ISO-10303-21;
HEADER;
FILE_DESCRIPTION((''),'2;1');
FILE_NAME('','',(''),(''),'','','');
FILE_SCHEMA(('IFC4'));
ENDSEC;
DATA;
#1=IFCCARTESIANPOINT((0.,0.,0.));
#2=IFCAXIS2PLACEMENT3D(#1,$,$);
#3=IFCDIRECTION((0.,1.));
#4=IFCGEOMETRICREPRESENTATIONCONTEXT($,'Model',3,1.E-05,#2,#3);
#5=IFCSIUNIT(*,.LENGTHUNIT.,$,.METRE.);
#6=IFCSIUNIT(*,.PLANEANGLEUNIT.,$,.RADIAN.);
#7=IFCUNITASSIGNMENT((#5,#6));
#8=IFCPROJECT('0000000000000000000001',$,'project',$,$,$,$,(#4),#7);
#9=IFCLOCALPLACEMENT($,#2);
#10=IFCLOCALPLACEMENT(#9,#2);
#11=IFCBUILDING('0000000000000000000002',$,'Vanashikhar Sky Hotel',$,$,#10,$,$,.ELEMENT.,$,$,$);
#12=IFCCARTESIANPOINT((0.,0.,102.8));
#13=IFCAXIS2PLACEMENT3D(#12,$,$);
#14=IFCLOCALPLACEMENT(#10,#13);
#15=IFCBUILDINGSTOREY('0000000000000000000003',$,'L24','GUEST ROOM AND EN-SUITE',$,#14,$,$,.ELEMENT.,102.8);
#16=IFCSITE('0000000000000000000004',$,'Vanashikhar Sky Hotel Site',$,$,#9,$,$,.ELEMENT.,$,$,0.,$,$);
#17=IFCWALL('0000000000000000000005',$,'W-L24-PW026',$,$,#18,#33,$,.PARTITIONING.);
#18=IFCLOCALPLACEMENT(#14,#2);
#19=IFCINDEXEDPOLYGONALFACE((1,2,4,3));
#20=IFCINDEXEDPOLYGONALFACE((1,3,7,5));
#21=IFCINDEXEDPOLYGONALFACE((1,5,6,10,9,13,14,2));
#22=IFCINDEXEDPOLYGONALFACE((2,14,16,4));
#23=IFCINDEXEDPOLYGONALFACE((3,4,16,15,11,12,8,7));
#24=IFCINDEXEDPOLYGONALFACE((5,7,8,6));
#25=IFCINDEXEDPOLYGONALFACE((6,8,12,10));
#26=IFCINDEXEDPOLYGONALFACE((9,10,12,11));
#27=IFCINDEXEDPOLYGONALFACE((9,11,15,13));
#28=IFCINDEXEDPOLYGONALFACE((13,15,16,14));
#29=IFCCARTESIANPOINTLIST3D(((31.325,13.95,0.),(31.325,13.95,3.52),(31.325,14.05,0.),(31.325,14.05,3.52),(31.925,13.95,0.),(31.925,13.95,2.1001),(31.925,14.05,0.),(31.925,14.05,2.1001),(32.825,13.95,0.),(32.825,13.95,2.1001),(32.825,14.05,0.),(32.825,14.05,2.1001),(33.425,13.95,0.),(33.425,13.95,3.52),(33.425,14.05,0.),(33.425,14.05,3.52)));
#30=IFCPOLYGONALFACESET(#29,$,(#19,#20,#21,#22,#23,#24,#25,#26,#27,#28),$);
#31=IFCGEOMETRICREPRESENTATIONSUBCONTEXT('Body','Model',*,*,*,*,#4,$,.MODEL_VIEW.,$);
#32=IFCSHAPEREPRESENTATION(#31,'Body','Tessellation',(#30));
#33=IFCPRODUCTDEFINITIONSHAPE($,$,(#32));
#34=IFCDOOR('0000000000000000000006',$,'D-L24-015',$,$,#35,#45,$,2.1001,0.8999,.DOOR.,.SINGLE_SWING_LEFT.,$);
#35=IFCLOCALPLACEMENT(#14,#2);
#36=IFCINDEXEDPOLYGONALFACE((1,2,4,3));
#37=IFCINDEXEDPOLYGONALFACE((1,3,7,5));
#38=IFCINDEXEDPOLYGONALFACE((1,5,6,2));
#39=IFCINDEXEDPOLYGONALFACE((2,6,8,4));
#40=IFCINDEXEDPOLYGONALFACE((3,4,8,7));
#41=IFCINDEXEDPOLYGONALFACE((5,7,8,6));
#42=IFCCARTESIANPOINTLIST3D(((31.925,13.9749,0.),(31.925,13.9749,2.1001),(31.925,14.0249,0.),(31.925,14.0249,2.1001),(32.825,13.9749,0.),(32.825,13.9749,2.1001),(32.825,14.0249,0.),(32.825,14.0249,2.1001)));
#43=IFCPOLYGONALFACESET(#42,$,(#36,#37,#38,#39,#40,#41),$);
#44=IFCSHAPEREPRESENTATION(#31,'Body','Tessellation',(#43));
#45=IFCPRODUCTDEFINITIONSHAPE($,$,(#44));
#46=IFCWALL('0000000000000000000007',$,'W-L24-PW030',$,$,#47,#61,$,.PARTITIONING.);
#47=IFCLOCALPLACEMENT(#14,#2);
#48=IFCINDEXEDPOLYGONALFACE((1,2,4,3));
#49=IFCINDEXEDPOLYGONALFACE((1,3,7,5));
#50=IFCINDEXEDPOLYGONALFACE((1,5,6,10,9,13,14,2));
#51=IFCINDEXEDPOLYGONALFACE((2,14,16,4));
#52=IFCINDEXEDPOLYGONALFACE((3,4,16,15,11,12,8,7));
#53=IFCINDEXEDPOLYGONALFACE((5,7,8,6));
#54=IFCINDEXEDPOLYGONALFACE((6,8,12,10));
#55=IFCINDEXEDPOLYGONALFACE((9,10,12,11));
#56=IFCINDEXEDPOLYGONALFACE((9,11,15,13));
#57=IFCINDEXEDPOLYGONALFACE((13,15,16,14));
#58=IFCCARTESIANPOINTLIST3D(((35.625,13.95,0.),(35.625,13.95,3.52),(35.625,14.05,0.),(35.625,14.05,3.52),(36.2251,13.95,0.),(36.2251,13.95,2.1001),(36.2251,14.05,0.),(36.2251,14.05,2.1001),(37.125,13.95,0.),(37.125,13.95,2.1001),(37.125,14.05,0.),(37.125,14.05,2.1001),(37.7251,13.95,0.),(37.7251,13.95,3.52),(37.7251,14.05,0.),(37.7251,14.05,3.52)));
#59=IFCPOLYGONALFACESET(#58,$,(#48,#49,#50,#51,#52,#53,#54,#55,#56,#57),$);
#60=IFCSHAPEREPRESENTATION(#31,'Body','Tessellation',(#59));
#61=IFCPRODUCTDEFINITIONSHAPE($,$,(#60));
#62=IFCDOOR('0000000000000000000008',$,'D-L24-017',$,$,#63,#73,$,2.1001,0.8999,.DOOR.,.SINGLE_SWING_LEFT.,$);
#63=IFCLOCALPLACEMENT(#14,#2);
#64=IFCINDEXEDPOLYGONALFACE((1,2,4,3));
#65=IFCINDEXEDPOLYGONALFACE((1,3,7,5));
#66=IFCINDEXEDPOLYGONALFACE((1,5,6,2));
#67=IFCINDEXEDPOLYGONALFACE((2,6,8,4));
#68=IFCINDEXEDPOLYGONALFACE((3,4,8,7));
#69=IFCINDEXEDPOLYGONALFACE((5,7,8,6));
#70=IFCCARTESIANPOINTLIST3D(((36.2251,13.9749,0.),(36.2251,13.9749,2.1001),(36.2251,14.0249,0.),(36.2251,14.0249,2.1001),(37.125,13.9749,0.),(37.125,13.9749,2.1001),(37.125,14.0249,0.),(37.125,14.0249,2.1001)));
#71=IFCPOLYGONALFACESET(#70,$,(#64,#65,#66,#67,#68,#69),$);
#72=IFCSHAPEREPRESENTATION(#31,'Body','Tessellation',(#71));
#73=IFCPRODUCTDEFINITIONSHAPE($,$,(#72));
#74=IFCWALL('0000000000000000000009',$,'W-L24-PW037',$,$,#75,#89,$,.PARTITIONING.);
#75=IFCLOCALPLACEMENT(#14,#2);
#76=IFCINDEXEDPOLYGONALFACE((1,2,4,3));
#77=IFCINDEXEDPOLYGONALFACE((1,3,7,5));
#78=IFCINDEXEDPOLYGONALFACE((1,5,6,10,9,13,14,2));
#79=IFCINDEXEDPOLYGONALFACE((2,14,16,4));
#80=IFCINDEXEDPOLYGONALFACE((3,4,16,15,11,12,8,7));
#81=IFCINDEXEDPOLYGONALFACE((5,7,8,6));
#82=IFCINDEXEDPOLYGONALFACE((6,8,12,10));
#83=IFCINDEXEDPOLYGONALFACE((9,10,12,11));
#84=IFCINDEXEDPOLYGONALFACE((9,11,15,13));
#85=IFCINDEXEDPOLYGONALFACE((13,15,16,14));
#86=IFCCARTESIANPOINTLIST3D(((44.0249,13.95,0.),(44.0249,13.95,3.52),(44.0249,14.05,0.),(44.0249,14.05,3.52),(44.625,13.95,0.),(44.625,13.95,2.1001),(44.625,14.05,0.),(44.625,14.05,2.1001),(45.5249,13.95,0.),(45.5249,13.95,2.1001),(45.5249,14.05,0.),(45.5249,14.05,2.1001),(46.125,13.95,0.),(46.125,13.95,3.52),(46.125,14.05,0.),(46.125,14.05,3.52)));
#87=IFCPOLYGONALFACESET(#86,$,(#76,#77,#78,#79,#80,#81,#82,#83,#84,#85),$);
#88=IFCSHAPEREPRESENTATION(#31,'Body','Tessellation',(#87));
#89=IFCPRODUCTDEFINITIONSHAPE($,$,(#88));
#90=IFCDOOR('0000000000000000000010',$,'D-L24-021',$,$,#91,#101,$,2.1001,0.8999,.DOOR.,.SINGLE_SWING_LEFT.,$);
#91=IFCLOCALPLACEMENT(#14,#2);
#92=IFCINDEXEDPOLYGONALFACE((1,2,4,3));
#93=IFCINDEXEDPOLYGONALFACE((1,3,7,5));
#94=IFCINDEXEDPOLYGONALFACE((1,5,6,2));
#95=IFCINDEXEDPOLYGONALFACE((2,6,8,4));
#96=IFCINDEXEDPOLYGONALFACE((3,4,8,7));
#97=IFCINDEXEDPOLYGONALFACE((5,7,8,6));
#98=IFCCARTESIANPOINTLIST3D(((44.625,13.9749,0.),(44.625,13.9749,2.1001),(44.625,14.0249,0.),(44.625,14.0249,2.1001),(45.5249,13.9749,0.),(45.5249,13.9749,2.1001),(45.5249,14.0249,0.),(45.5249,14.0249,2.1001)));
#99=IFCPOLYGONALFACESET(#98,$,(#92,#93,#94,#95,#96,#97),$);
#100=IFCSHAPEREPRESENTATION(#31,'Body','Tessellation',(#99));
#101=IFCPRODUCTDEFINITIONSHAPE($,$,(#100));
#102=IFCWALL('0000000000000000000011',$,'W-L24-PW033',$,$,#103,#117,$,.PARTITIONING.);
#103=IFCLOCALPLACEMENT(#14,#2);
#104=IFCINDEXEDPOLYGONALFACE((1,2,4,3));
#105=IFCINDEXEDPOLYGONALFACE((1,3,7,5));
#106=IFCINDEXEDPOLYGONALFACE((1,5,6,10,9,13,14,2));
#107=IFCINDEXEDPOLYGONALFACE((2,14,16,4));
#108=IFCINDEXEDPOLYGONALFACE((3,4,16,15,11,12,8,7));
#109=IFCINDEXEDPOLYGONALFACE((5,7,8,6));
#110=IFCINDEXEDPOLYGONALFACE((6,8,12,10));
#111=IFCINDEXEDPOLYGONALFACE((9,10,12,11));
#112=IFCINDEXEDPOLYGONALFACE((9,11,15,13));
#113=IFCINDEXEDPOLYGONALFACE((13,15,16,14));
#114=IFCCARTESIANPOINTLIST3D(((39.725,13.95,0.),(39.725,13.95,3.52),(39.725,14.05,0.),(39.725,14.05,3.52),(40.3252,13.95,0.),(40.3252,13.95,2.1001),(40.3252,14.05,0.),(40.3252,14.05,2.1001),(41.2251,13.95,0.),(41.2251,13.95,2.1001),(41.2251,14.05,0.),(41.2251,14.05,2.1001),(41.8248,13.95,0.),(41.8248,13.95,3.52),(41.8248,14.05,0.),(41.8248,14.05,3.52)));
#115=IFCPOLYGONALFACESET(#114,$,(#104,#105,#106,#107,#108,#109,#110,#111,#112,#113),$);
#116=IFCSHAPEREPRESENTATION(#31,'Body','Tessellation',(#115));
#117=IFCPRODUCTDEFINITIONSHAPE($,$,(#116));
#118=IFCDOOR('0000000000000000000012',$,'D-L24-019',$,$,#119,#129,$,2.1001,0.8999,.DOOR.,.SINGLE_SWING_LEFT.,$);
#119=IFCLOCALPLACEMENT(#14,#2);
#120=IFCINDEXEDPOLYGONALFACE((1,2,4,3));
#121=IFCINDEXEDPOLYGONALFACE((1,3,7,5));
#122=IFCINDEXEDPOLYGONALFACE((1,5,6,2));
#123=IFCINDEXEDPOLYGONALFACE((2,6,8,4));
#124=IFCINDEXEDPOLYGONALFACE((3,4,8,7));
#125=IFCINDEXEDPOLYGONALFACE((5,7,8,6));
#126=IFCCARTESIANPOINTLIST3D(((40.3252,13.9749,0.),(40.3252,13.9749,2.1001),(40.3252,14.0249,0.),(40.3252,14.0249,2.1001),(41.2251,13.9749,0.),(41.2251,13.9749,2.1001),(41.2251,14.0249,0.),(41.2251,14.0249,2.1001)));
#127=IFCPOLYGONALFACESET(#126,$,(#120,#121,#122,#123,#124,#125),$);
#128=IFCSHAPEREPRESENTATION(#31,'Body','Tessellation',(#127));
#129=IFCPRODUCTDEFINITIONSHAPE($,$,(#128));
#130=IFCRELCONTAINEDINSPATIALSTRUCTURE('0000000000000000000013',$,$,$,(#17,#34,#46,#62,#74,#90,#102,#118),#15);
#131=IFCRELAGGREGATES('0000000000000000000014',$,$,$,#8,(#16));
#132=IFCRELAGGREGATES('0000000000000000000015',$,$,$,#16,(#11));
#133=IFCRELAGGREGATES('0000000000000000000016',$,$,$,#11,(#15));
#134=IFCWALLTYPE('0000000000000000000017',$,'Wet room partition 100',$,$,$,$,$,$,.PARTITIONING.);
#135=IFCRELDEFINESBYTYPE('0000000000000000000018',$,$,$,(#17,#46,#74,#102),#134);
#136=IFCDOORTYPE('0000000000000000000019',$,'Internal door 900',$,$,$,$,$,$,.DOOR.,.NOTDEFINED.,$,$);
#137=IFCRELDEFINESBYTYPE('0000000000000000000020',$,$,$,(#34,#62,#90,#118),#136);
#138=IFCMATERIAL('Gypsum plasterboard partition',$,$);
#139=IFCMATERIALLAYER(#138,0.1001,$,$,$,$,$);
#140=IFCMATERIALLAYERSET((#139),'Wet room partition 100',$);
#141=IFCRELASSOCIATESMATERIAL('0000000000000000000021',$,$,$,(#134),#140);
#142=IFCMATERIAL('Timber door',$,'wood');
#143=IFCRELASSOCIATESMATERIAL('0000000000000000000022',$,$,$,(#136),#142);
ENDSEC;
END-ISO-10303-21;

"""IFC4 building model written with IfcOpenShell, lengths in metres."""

from ifc_helpers import new_model, si_unit, direction, frame, frame_2d, origin, place, context, subcontext, project, spatial, rectangle, extrude, source, transform, mapped, material, layer, layer_set, type_object, element, fill, save


model = new_model("IFC4")

# Units and contexts
model_context = context("Model", 3, precision=1e-05, world=origin(), true_north=direction((0.0, 1.0)))
body_context = subcontext(model_context, "Body", "Model", "MODEL_VIEW")
ifc_project = project(units=[si_unit("LENGTHUNIT", "METRE"), si_unit("PLANEANGLEUNIT", "RADIAN")], contexts=[model_context])

# Site, building, storey
site_placement = place(None, origin())
site = spatial("IfcSite", under=ifc_project, at=site_placement, Name="Vanashikhar Sky Hotel Site", CompositionType="ELEMENT", RefElevation=0.0)
building_placement = place(site_placement, origin())
building = spatial("IfcBuilding", under=site, at=building_placement, Name="Vanashikhar Sky Hotel", CompositionType="ELEMENT")
storey_placement = place(building_placement, frame((0.0, 0.0, 102.8)))
storey = spatial("IfcBuildingStorey", under=building, at=storey_placement, Name="L24", Description="GUEST ROOM AND EN-SUITE", CompositionType="ELEMENT", Elevation=102.8)

# Shared definitions
ifc_material_1 = material(Name="Gypsum plasterboard partition")
ifc_layer_1 = layer(ifc_material_1, 0.1001)
ifc_layer_set_1 = layer_set([ifc_layer_1], Name="Wet room partition 100")
wall_type_1 = type_object("IfcWallType", Name="Wet room partition 100", PredefinedType="PARTITIONING", material=ifc_layer_set_1)

# Walls, openings, doors
shared_shape_1 = source(origin(), body_context, "Body", "SweptSolid", [
    extrude(rectangle(XDim=2.1001, YDim=0.1001, at=frame_2d((1.05, 0.0))), origin(), (0.0, 0.0, 1.0), 3.52),
])
wall_1_placement = place(storey_placement, frame((31.325, 14.0, 0.0), z_axis=(0.0, 0.0, 1.0), x_axis=(1.0, 0.0, 0.0)))
wall_1 = element("IfcWall", 1, at=wall_1_placement, inside=storey, type_object=wall_type_1, Name="W-L24-PW026", PredefinedType="PARTITIONING", context=body_context, shape_type="MappedRepresentation", body=[
    mapped(shared_shape_1, transform((0.0, 0.0, 0.0), scale=1.0)),
])
shared_shape_2 = source(origin(), body_context, "Body", "SweptSolid", [
    extrude(rectangle(XDim=0.8999, YDim=2.1001, at=frame_2d((0.45, 1.05))), frame((0.0, 0.0601, 0.0), z_axis=(0.0, -1.0, 0.0), x_axis=(1.0, 0.0, 0.0)), (0.0, 0.0, 1.0), 0.1201),
])
opening_1_placement = place(wall_1_placement, frame((0.6001, 0.0, 0.0)))
opening_1 = element("IfcOpeningElement", 2, at=opening_1_placement, cuts=wall_1, PredefinedType="OPENING", context=body_context, shape_type="MappedRepresentation", body=[
    mapped(shared_shape_2, transform((0.0, 0.0, 0.0), scale=1.0)),
])
ifc_material_2 = material(Name="Timber door", Category="wood")
door_type = type_object("IfcDoorType", Name="Internal door 900", OperationType="NOTDEFINED", PredefinedType="DOOR", material=ifc_material_2)
shared_shape_3 = source(origin(), body_context, "Body", "SweptSolid", [
    extrude(rectangle(XDim=0.8999, YDim=2.1001, at=frame_2d((0.45, 1.05))), frame((0.0, 0.0249, 0.0), z_axis=(0.0, -1.0, 0.0), x_axis=(1.0, 0.0, 0.0)), (0.0, 0.0, 1.0), 0.05),
])
door_1_placement = place(opening_1_placement, origin())
door_1 = element("IfcDoor", 3, at=door_1_placement, inside=storey, type_object=door_type, Name="D-L24-015", OperationType="SINGLE_SWING_LEFT", OverallHeight=2.1001, OverallWidth=0.8999, PredefinedType="DOOR", context=body_context, shape_type="MappedRepresentation", body=[
    mapped(shared_shape_3, transform((0.0, 0.0, 0.0), scale=1.0)),
])
fill(opening_1, door_1)
wall_2_placement = place(storey_placement, frame((35.625, 14.0, 0.0), z_axis=(0.0, 0.0, 1.0), x_axis=(1.0, 0.0, 0.0)))
wall_2 = element("IfcWall", 4, at=wall_2_placement, inside=storey, type_object=wall_type_1, Name="W-L24-PW030", PredefinedType="PARTITIONING", context=body_context, shape_type="MappedRepresentation", body=[
    mapped(shared_shape_1, transform((0.0, 0.0, 0.0), scale=1.0)),
])
opening_2_placement = place(wall_2_placement, frame((0.6001, 0.0, 0.0)))
opening_2 = element("IfcOpeningElement", 5, at=opening_2_placement, cuts=wall_2, PredefinedType="OPENING", context=body_context, shape_type="MappedRepresentation", body=[
    mapped(shared_shape_2, transform((0.0, 0.0, 0.0), scale=1.0)),
])
door_2_placement = place(opening_2_placement, origin())
door_2 = element("IfcDoor", 6, at=door_2_placement, inside=storey, type_object=door_type, Name="D-L24-017", OperationType="SINGLE_SWING_LEFT", OverallHeight=2.1001, OverallWidth=0.8999, PredefinedType="DOOR", context=body_context, shape_type="MappedRepresentation", body=[
    mapped(shared_shape_3, transform((0.0, 0.0, 0.0), scale=1.0)),
])
fill(opening_2, door_2)
wall_3_placement = place(storey_placement, frame((44.0249, 14.0, 0.0), z_axis=(0.0, 0.0, 1.0), x_axis=(1.0, 0.0, 0.0)))
wall_3 = element("IfcWall", 7, at=wall_3_placement, inside=storey, type_object=wall_type_1, Name="W-L24-PW037", PredefinedType="PARTITIONING", context=body_context, shape_type="MappedRepresentation", body=[
    mapped(shared_shape_1, transform((0.0, 0.0, 0.0), scale=1.0)),
])
opening_3_placement = place(wall_3_placement, frame((0.6001, 0.0, 0.0)))
opening_3 = element("IfcOpeningElement", 8, at=opening_3_placement, cuts=wall_3, PredefinedType="OPENING", context=body_context, shape_type="MappedRepresentation", body=[
    mapped(shared_shape_2, transform((0.0, 0.0, 0.0), scale=1.0)),
])
door_3_placement = place(opening_3_placement, origin())
door_3 = element("IfcDoor", 9, at=door_3_placement, inside=storey, type_object=door_type, Name="D-L24-021", OperationType="SINGLE_SWING_LEFT", OverallHeight=2.1001, OverallWidth=0.8999, PredefinedType="DOOR", context=body_context, shape_type="MappedRepresentation", body=[
    mapped(shared_shape_3, transform((0.0, 0.0, 0.0), scale=1.0)),
])
fill(opening_3, door_3)
shared_shape_4 = source(origin(), body_context, "Body", "SweptSolid", [
    extrude(rectangle(XDim=2.0999, YDim=0.1001, at=frame_2d((1.0498, 0.0))), origin(), (0.0, 0.0, 1.0), 3.52),
])
wall_4_placement = place(storey_placement, frame((39.7251, 14.0, 0.0), z_axis=(0.0, 0.0, 1.0), x_axis=(1.0, 0.0, 0.0)))
wall_4 = element("IfcWall", 10, at=wall_4_placement, inside=storey, type_object=wall_type_1, Name="W-L24-PW033", PredefinedType="PARTITIONING", context=body_context, shape_type="MappedRepresentation", body=[
    mapped(shared_shape_4, transform((0.0, 0.0, 0.0), scale=1.0)),
])
opening_4_placement = place(wall_4_placement, frame((0.6001, 0.0, 0.0)))
opening_4 = element("IfcOpeningElement", 11, at=opening_4_placement, cuts=wall_4, PredefinedType="OPENING", context=body_context, shape_type="MappedRepresentation", body=[
    mapped(shared_shape_2, transform((0.0, 0.0, 0.0), scale=1.0)),
])
door_4_placement = place(opening_4_placement, origin())
door_4 = element("IfcDoor", 12, at=door_4_placement, inside=storey, type_object=door_type, Name="D-L24-019", OperationType="SINGLE_SWING_LEFT", OverallHeight=2.1001, OverallWidth=0.8999, PredefinedType="DOOR", context=body_context, shape_type="MappedRepresentation", body=[
    mapped(shared_shape_3, transform((0.0, 0.0, 0.0), scale=1.0)),
])
fill(opening_4, door_4)

save(model, "model.ifc")
